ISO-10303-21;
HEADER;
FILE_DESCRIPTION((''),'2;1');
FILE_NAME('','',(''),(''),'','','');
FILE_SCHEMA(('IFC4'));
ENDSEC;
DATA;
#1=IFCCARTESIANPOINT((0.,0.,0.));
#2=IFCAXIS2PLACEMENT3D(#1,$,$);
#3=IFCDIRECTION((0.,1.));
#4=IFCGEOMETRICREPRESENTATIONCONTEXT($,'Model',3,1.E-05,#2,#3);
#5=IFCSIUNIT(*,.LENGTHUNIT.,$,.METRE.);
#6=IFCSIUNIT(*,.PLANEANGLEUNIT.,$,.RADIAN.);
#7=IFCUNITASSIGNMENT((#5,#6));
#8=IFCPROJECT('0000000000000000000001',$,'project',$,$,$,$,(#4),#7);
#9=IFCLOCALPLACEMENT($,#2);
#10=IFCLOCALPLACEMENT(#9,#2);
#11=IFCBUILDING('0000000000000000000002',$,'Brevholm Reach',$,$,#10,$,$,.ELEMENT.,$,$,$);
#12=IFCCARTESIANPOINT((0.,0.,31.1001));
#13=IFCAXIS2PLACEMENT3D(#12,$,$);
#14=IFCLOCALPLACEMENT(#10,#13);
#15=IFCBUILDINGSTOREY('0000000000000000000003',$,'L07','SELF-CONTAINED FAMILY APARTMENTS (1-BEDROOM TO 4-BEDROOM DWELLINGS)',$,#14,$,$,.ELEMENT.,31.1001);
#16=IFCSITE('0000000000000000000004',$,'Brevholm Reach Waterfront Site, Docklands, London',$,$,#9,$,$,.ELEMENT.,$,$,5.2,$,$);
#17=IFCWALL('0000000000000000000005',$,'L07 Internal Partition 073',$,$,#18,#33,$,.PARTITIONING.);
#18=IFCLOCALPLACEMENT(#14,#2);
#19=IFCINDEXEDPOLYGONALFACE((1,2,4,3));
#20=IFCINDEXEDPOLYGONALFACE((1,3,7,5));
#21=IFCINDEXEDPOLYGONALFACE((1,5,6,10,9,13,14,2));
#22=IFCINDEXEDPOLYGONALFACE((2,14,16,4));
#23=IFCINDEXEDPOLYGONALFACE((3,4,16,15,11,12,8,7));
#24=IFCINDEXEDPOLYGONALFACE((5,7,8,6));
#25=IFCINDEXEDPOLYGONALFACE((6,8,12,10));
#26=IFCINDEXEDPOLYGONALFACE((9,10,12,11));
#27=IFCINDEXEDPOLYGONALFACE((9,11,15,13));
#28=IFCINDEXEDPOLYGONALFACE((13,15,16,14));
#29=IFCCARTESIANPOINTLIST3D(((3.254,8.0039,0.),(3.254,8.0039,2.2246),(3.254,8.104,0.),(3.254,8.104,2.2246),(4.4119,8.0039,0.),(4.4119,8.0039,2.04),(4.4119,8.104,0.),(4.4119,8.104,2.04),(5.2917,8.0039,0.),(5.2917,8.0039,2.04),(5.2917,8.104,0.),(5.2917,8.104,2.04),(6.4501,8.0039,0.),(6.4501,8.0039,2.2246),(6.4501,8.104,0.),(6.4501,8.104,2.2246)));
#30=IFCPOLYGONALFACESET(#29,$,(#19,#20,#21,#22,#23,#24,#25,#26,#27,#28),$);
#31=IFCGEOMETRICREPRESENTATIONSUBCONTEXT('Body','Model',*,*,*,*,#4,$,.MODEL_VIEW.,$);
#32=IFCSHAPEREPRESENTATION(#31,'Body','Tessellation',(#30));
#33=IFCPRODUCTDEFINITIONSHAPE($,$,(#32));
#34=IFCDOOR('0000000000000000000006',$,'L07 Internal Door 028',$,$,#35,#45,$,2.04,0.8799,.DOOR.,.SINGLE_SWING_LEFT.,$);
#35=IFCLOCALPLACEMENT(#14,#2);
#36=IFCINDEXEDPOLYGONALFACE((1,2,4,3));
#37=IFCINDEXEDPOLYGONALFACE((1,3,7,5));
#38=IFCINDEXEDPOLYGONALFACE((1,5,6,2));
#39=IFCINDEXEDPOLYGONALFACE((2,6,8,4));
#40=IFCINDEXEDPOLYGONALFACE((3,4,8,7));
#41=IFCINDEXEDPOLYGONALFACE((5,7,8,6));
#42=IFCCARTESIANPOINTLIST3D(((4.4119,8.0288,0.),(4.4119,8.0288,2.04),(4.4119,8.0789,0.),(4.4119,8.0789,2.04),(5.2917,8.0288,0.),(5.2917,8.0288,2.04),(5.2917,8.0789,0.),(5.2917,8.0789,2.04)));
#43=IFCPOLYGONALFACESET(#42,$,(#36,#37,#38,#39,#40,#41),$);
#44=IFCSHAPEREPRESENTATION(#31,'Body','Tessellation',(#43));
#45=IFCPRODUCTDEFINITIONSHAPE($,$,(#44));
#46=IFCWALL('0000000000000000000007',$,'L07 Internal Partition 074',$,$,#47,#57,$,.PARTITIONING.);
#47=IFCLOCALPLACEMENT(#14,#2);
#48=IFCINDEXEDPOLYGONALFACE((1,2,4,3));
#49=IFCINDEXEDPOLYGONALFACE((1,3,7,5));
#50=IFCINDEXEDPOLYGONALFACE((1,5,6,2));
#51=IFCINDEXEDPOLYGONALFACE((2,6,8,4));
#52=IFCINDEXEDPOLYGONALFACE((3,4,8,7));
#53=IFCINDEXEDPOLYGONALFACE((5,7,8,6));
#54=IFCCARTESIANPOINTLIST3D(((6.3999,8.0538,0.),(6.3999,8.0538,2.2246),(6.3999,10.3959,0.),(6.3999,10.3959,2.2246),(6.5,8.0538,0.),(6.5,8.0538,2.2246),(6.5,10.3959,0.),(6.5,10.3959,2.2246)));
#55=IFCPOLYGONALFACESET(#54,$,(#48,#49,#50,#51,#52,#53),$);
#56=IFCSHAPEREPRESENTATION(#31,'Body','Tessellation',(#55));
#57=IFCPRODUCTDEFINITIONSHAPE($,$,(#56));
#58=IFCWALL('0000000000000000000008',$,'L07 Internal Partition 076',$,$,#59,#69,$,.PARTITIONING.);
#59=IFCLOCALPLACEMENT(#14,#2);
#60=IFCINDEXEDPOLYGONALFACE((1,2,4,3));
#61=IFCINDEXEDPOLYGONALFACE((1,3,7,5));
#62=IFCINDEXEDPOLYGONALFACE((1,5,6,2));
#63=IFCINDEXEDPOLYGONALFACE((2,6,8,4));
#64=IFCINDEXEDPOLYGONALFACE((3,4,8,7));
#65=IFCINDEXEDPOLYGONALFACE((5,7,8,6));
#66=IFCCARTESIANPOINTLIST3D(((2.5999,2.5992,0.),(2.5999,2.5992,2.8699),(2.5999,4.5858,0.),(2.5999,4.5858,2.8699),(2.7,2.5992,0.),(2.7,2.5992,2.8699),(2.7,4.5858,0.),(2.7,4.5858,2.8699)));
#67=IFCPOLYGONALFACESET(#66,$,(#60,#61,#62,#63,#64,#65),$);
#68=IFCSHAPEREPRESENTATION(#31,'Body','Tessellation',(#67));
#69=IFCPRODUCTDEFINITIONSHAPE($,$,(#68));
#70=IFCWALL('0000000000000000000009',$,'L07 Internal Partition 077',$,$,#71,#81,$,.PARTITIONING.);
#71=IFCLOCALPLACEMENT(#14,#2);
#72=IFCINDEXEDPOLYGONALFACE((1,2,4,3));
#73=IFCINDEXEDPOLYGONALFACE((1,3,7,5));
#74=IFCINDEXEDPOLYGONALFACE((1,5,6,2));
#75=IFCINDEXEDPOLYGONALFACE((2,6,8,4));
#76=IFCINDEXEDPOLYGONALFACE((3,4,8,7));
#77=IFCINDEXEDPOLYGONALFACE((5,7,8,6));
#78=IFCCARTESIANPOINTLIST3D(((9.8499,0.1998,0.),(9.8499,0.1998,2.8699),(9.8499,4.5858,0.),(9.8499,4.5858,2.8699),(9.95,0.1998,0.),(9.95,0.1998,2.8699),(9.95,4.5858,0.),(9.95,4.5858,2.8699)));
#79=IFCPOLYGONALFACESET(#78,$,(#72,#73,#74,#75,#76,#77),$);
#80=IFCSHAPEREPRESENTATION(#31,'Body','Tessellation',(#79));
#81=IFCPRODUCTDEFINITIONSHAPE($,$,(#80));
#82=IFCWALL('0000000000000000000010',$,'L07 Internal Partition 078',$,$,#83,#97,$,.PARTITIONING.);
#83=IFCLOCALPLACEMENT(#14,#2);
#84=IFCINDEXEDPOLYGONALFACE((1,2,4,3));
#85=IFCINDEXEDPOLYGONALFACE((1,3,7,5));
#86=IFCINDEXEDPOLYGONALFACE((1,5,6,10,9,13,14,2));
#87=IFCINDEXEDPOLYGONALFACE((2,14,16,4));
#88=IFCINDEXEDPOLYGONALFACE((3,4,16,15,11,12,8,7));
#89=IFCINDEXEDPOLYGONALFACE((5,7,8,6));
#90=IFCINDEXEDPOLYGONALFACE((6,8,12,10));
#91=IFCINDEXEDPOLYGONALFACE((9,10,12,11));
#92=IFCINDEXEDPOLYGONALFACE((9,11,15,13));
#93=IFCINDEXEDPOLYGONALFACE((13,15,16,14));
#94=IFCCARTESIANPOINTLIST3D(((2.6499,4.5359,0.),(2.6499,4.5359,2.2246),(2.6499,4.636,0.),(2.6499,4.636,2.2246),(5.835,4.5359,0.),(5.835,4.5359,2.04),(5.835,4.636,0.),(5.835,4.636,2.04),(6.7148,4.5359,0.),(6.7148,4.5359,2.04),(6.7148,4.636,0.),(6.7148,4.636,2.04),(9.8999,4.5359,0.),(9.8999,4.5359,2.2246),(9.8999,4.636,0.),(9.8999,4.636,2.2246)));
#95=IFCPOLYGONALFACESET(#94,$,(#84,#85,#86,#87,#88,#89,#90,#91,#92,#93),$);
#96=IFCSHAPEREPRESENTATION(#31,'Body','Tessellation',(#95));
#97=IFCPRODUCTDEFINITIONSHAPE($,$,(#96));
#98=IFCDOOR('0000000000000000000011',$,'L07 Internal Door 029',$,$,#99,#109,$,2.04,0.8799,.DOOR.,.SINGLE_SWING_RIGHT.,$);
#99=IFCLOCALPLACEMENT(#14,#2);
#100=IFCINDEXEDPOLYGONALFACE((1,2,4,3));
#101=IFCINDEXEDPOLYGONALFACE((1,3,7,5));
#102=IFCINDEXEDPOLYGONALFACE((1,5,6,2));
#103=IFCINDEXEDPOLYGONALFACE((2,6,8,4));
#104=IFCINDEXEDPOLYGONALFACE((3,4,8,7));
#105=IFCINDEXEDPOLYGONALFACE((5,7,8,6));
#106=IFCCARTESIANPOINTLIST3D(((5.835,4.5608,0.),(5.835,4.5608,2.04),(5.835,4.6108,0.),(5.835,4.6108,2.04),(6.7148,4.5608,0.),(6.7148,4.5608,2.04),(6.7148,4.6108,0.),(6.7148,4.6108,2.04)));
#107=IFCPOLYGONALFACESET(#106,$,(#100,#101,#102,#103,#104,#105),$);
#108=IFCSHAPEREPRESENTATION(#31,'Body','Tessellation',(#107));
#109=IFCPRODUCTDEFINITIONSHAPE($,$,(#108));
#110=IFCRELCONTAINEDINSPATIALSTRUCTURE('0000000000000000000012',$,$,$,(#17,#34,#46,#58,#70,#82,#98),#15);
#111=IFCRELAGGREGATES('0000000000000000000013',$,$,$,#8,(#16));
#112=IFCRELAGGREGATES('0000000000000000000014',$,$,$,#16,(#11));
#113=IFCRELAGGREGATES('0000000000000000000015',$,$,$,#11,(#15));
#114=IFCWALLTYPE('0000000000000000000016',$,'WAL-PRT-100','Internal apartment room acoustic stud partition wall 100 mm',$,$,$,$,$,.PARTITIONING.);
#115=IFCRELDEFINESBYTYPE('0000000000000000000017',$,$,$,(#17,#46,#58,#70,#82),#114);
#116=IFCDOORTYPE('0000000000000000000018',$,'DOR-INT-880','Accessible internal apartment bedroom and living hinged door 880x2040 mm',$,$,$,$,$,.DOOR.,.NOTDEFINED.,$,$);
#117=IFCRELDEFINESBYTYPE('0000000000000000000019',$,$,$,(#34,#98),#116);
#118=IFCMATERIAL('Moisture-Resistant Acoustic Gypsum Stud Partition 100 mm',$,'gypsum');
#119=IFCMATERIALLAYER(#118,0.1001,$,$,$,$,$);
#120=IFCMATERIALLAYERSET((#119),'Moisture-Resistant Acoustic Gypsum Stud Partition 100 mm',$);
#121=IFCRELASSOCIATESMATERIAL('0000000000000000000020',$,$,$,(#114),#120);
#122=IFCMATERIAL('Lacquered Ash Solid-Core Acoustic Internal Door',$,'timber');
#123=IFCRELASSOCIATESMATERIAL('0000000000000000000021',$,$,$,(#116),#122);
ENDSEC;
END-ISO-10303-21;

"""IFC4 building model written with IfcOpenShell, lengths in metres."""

from ifc_helpers import new_model, si_unit, direction, frame, frame_2d, origin, place, context, subcontext, project, spatial, rectangle, extrude, material, layer, layer_set, type_object, element, fill, save


model = new_model("IFC4")

# Units and contexts
model_context = context("Model", 3, precision=1e-05, world=origin(), true_north=direction((0.0, 1.0)))
body_context = subcontext(model_context, "Body", "Model", "MODEL_VIEW")
ifc_project = project(units=[si_unit("LENGTHUNIT", "METRE"), si_unit("PLANEANGLEUNIT", "RADIAN")], contexts=[model_context])

# Site, building, storey
site_placement = place(None, origin())
site = spatial("IfcSite", under=ifc_project, at=site_placement, Name="Brevholm Reach Waterfront Site, Docklands, London", CompositionType="ELEMENT", RefElevation=5.2)
building_placement = place(site_placement, origin())
building = spatial("IfcBuilding", under=site, at=building_placement, Name="Brevholm Reach", CompositionType="ELEMENT")
storey_placement = place(building_placement, frame((0.0, 0.0, 31.1001)))
storey = spatial("IfcBuildingStorey", under=building, at=storey_placement, Name="L07", Description="SELF-CONTAINED FAMILY APARTMENTS (1-BEDROOM TO 4-BEDROOM DWELLINGS)", CompositionType="ELEMENT", Elevation=31.1001)

# Shared definitions
ifc_material_1 = material(Name="Moisture-Resistant Acoustic Gypsum Stud Partition 100 mm", Category="gypsum")
ifc_layer_1 = layer(ifc_material_1, 0.1001)
ifc_layer_set_1 = layer_set([ifc_layer_1], Name="Moisture-Resistant Acoustic Gypsum Stud Partition 100 mm")
wall_type_1 = type_object("IfcWallType", Name="WAL-PRT-100", Description="Internal apartment room acoustic stud partition wall 100 mm", PredefinedType="PARTITIONING", material=ifc_layer_set_1)

# Wall, opening, door
wall_1_placement = place(storey_placement, frame((3.2539, 8.054, 0.0), z_axis=(0.0, 0.0, 1.0), x_axis=(1.0, 0.0, 0.0)))
wall_1 = element("IfcWall", 1, at=wall_1_placement, inside=storey, type_object=wall_type_1, Name="L07 Internal Partition 073", PredefinedType="PARTITIONING", context=body_context, shape_type="SweptSolid", body=[
    extrude(rectangle(XDim=3.196, YDim=0.1001, at=frame_2d((1.5981, 0.0))), origin(), (0.0, 0.0, 1.0), 2.2246),
])
opening_1_placement = place(wall_1_placement, frame((1.158, 0.0, 0.0)))
opening_1 = element("IfcOpeningElement", 2, at=opening_1_placement, cuts=wall_1, PredefinedType="OPENING", context=body_context, shape_type="SweptSolid", body=[
    extrude(rectangle(XDim=0.8799, YDim=2.04, at=frame_2d((0.4399, 1.02))), frame((0.0, 0.0601, 0.0), z_axis=(0.0, -1.0, 0.0), x_axis=(1.0, 0.0, 0.0)), (0.0, 0.0, 1.0), 0.1201),
])
ifc_material_2 = material(Name="Lacquered Ash Solid-Core Acoustic Internal Door", Category="timber")
door_type_1 = type_object("IfcDoorType", Name="DOR-INT-880", Description="Accessible internal apartment bedroom and living hinged door 880x2040 mm", OperationType="NOTDEFINED", PredefinedType="DOOR", material=ifc_material_2)
door_1_placement = place(opening_1_placement, origin())
door_1 = element("IfcDoor", 3, at=door_1_placement, inside=storey, type_object=door_type_1, Name="L07 Internal Door 028", OperationType="SINGLE_SWING_LEFT", OverallHeight=2.04, OverallWidth=0.8799, PredefinedType="DOOR", context=body_context, shape_type="SweptSolid", body=[
    extrude(rectangle(XDim=0.8799, YDim=2.04, at=frame_2d((0.4399, 1.02))), frame((0.0, 0.0249, 0.0), z_axis=(0.0, -1.0, 0.0), x_axis=(1.0, 0.0, 0.0)), (0.0, 0.0, 1.0), 0.05),
])
fill(opening_1, door_1)

# Walls
wall_2_placement = place(storey_placement, frame((6.45, 8.054, 0.0), z_axis=(0.0, 0.0, 1.0), x_axis=(0.0, 1.0, 0.0)))
element("IfcWall", 4, at=wall_2_placement, inside=storey, type_object=wall_type_1, Name="L07 Internal Partition 074", PredefinedType="PARTITIONING", context=body_context, shape_type="SweptSolid", body=[
    extrude(rectangle(XDim=2.342, YDim=0.1001, at=frame_2d((1.1709, 0.0))), origin(), (0.0, 0.0, 1.0), 2.2246),
])
wall_3_placement = place(storey_placement, frame((2.6499, 2.5994, 0.0), z_axis=(0.0, 0.0, 1.0), x_axis=(0.0, 1.0, 0.0)))
element("IfcWall", 5, at=wall_3_placement, inside=storey, type_object=wall_type_1, Name="L07 Internal Partition 076", PredefinedType="PARTITIONING", context=body_context, shape_type="SweptSolid", body=[
    extrude(rectangle(XDim=1.9866, YDim=0.1001, at=frame_2d((0.9932, 0.0))), origin(), (0.0, 0.0, 1.0), 2.8699),
])
wall_4_placement = place(storey_placement, frame((9.8999, 0.2, 0.0), z_axis=(0.0, 0.0, 1.0), x_axis=(0.0, 1.0, 0.0)))
element("IfcWall", 6, at=wall_4_placement, inside=storey, type_object=wall_type_1, Name="L07 Internal Partition 077", PredefinedType="PARTITIONING", context=body_context, shape_type="SweptSolid", body=[
    extrude(rectangle(XDim=4.386, YDim=0.1001, at=frame_2d((2.1929, 0.0))), origin(), (0.0, 0.0, 1.0), 2.8699),
])

# Wall, opening, door
wall_5_placement = place(storey_placement, frame((2.6499, 4.5859, 0.0), z_axis=(0.0, 0.0, 1.0), x_axis=(1.0, 0.0, 0.0)))
wall_5 = element("IfcWall", 7, at=wall_5_placement, inside=storey, type_object=wall_type_1, Name="L07 Internal Partition 078", PredefinedType="PARTITIONING", context=body_context, shape_type="SweptSolid", body=[
    extrude(rectangle(XDim=7.25, YDim=0.1001, at=frame_2d((3.625, 0.0))), origin(), (0.0, 0.0, 1.0), 2.2246),
])
opening_2_placement = place(wall_5_placement, frame((3.1851, 0.0, 0.0)))
opening_2 = element("IfcOpeningElement", 8, at=opening_2_placement, cuts=wall_5, PredefinedType="OPENING", context=body_context, shape_type="SweptSolid", body=[
    extrude(rectangle(XDim=0.8799, YDim=2.04, at=frame_2d((0.4399, 1.02))), frame((0.0, 0.0601, 0.0), z_axis=(0.0, -1.0, 0.0), x_axis=(1.0, 0.0, 0.0)), (0.0, 0.0, 1.0), 0.1201),
])
door_2_placement = place(opening_2_placement, origin())
door_2 = element("IfcDoor", 9, at=door_2_placement, inside=storey, type_object=door_type_1, Name="L07 Internal Door 029", OperationType="SINGLE_SWING_RIGHT", OverallHeight=2.04, OverallWidth=0.8799, PredefinedType="DOOR", context=body_context, shape_type="SweptSolid", body=[
    extrude(rectangle(XDim=0.8799, YDim=2.04, at=frame_2d((0.4399, 1.02))), frame((0.0, 0.0249, 0.0), z_axis=(0.0, -1.0, 0.0), x_axis=(1.0, 0.0, 0.0)), (0.0, 0.0, 1.0), 0.05),
])
fill(opening_2, door_2)

save(model, "model.ifc")
